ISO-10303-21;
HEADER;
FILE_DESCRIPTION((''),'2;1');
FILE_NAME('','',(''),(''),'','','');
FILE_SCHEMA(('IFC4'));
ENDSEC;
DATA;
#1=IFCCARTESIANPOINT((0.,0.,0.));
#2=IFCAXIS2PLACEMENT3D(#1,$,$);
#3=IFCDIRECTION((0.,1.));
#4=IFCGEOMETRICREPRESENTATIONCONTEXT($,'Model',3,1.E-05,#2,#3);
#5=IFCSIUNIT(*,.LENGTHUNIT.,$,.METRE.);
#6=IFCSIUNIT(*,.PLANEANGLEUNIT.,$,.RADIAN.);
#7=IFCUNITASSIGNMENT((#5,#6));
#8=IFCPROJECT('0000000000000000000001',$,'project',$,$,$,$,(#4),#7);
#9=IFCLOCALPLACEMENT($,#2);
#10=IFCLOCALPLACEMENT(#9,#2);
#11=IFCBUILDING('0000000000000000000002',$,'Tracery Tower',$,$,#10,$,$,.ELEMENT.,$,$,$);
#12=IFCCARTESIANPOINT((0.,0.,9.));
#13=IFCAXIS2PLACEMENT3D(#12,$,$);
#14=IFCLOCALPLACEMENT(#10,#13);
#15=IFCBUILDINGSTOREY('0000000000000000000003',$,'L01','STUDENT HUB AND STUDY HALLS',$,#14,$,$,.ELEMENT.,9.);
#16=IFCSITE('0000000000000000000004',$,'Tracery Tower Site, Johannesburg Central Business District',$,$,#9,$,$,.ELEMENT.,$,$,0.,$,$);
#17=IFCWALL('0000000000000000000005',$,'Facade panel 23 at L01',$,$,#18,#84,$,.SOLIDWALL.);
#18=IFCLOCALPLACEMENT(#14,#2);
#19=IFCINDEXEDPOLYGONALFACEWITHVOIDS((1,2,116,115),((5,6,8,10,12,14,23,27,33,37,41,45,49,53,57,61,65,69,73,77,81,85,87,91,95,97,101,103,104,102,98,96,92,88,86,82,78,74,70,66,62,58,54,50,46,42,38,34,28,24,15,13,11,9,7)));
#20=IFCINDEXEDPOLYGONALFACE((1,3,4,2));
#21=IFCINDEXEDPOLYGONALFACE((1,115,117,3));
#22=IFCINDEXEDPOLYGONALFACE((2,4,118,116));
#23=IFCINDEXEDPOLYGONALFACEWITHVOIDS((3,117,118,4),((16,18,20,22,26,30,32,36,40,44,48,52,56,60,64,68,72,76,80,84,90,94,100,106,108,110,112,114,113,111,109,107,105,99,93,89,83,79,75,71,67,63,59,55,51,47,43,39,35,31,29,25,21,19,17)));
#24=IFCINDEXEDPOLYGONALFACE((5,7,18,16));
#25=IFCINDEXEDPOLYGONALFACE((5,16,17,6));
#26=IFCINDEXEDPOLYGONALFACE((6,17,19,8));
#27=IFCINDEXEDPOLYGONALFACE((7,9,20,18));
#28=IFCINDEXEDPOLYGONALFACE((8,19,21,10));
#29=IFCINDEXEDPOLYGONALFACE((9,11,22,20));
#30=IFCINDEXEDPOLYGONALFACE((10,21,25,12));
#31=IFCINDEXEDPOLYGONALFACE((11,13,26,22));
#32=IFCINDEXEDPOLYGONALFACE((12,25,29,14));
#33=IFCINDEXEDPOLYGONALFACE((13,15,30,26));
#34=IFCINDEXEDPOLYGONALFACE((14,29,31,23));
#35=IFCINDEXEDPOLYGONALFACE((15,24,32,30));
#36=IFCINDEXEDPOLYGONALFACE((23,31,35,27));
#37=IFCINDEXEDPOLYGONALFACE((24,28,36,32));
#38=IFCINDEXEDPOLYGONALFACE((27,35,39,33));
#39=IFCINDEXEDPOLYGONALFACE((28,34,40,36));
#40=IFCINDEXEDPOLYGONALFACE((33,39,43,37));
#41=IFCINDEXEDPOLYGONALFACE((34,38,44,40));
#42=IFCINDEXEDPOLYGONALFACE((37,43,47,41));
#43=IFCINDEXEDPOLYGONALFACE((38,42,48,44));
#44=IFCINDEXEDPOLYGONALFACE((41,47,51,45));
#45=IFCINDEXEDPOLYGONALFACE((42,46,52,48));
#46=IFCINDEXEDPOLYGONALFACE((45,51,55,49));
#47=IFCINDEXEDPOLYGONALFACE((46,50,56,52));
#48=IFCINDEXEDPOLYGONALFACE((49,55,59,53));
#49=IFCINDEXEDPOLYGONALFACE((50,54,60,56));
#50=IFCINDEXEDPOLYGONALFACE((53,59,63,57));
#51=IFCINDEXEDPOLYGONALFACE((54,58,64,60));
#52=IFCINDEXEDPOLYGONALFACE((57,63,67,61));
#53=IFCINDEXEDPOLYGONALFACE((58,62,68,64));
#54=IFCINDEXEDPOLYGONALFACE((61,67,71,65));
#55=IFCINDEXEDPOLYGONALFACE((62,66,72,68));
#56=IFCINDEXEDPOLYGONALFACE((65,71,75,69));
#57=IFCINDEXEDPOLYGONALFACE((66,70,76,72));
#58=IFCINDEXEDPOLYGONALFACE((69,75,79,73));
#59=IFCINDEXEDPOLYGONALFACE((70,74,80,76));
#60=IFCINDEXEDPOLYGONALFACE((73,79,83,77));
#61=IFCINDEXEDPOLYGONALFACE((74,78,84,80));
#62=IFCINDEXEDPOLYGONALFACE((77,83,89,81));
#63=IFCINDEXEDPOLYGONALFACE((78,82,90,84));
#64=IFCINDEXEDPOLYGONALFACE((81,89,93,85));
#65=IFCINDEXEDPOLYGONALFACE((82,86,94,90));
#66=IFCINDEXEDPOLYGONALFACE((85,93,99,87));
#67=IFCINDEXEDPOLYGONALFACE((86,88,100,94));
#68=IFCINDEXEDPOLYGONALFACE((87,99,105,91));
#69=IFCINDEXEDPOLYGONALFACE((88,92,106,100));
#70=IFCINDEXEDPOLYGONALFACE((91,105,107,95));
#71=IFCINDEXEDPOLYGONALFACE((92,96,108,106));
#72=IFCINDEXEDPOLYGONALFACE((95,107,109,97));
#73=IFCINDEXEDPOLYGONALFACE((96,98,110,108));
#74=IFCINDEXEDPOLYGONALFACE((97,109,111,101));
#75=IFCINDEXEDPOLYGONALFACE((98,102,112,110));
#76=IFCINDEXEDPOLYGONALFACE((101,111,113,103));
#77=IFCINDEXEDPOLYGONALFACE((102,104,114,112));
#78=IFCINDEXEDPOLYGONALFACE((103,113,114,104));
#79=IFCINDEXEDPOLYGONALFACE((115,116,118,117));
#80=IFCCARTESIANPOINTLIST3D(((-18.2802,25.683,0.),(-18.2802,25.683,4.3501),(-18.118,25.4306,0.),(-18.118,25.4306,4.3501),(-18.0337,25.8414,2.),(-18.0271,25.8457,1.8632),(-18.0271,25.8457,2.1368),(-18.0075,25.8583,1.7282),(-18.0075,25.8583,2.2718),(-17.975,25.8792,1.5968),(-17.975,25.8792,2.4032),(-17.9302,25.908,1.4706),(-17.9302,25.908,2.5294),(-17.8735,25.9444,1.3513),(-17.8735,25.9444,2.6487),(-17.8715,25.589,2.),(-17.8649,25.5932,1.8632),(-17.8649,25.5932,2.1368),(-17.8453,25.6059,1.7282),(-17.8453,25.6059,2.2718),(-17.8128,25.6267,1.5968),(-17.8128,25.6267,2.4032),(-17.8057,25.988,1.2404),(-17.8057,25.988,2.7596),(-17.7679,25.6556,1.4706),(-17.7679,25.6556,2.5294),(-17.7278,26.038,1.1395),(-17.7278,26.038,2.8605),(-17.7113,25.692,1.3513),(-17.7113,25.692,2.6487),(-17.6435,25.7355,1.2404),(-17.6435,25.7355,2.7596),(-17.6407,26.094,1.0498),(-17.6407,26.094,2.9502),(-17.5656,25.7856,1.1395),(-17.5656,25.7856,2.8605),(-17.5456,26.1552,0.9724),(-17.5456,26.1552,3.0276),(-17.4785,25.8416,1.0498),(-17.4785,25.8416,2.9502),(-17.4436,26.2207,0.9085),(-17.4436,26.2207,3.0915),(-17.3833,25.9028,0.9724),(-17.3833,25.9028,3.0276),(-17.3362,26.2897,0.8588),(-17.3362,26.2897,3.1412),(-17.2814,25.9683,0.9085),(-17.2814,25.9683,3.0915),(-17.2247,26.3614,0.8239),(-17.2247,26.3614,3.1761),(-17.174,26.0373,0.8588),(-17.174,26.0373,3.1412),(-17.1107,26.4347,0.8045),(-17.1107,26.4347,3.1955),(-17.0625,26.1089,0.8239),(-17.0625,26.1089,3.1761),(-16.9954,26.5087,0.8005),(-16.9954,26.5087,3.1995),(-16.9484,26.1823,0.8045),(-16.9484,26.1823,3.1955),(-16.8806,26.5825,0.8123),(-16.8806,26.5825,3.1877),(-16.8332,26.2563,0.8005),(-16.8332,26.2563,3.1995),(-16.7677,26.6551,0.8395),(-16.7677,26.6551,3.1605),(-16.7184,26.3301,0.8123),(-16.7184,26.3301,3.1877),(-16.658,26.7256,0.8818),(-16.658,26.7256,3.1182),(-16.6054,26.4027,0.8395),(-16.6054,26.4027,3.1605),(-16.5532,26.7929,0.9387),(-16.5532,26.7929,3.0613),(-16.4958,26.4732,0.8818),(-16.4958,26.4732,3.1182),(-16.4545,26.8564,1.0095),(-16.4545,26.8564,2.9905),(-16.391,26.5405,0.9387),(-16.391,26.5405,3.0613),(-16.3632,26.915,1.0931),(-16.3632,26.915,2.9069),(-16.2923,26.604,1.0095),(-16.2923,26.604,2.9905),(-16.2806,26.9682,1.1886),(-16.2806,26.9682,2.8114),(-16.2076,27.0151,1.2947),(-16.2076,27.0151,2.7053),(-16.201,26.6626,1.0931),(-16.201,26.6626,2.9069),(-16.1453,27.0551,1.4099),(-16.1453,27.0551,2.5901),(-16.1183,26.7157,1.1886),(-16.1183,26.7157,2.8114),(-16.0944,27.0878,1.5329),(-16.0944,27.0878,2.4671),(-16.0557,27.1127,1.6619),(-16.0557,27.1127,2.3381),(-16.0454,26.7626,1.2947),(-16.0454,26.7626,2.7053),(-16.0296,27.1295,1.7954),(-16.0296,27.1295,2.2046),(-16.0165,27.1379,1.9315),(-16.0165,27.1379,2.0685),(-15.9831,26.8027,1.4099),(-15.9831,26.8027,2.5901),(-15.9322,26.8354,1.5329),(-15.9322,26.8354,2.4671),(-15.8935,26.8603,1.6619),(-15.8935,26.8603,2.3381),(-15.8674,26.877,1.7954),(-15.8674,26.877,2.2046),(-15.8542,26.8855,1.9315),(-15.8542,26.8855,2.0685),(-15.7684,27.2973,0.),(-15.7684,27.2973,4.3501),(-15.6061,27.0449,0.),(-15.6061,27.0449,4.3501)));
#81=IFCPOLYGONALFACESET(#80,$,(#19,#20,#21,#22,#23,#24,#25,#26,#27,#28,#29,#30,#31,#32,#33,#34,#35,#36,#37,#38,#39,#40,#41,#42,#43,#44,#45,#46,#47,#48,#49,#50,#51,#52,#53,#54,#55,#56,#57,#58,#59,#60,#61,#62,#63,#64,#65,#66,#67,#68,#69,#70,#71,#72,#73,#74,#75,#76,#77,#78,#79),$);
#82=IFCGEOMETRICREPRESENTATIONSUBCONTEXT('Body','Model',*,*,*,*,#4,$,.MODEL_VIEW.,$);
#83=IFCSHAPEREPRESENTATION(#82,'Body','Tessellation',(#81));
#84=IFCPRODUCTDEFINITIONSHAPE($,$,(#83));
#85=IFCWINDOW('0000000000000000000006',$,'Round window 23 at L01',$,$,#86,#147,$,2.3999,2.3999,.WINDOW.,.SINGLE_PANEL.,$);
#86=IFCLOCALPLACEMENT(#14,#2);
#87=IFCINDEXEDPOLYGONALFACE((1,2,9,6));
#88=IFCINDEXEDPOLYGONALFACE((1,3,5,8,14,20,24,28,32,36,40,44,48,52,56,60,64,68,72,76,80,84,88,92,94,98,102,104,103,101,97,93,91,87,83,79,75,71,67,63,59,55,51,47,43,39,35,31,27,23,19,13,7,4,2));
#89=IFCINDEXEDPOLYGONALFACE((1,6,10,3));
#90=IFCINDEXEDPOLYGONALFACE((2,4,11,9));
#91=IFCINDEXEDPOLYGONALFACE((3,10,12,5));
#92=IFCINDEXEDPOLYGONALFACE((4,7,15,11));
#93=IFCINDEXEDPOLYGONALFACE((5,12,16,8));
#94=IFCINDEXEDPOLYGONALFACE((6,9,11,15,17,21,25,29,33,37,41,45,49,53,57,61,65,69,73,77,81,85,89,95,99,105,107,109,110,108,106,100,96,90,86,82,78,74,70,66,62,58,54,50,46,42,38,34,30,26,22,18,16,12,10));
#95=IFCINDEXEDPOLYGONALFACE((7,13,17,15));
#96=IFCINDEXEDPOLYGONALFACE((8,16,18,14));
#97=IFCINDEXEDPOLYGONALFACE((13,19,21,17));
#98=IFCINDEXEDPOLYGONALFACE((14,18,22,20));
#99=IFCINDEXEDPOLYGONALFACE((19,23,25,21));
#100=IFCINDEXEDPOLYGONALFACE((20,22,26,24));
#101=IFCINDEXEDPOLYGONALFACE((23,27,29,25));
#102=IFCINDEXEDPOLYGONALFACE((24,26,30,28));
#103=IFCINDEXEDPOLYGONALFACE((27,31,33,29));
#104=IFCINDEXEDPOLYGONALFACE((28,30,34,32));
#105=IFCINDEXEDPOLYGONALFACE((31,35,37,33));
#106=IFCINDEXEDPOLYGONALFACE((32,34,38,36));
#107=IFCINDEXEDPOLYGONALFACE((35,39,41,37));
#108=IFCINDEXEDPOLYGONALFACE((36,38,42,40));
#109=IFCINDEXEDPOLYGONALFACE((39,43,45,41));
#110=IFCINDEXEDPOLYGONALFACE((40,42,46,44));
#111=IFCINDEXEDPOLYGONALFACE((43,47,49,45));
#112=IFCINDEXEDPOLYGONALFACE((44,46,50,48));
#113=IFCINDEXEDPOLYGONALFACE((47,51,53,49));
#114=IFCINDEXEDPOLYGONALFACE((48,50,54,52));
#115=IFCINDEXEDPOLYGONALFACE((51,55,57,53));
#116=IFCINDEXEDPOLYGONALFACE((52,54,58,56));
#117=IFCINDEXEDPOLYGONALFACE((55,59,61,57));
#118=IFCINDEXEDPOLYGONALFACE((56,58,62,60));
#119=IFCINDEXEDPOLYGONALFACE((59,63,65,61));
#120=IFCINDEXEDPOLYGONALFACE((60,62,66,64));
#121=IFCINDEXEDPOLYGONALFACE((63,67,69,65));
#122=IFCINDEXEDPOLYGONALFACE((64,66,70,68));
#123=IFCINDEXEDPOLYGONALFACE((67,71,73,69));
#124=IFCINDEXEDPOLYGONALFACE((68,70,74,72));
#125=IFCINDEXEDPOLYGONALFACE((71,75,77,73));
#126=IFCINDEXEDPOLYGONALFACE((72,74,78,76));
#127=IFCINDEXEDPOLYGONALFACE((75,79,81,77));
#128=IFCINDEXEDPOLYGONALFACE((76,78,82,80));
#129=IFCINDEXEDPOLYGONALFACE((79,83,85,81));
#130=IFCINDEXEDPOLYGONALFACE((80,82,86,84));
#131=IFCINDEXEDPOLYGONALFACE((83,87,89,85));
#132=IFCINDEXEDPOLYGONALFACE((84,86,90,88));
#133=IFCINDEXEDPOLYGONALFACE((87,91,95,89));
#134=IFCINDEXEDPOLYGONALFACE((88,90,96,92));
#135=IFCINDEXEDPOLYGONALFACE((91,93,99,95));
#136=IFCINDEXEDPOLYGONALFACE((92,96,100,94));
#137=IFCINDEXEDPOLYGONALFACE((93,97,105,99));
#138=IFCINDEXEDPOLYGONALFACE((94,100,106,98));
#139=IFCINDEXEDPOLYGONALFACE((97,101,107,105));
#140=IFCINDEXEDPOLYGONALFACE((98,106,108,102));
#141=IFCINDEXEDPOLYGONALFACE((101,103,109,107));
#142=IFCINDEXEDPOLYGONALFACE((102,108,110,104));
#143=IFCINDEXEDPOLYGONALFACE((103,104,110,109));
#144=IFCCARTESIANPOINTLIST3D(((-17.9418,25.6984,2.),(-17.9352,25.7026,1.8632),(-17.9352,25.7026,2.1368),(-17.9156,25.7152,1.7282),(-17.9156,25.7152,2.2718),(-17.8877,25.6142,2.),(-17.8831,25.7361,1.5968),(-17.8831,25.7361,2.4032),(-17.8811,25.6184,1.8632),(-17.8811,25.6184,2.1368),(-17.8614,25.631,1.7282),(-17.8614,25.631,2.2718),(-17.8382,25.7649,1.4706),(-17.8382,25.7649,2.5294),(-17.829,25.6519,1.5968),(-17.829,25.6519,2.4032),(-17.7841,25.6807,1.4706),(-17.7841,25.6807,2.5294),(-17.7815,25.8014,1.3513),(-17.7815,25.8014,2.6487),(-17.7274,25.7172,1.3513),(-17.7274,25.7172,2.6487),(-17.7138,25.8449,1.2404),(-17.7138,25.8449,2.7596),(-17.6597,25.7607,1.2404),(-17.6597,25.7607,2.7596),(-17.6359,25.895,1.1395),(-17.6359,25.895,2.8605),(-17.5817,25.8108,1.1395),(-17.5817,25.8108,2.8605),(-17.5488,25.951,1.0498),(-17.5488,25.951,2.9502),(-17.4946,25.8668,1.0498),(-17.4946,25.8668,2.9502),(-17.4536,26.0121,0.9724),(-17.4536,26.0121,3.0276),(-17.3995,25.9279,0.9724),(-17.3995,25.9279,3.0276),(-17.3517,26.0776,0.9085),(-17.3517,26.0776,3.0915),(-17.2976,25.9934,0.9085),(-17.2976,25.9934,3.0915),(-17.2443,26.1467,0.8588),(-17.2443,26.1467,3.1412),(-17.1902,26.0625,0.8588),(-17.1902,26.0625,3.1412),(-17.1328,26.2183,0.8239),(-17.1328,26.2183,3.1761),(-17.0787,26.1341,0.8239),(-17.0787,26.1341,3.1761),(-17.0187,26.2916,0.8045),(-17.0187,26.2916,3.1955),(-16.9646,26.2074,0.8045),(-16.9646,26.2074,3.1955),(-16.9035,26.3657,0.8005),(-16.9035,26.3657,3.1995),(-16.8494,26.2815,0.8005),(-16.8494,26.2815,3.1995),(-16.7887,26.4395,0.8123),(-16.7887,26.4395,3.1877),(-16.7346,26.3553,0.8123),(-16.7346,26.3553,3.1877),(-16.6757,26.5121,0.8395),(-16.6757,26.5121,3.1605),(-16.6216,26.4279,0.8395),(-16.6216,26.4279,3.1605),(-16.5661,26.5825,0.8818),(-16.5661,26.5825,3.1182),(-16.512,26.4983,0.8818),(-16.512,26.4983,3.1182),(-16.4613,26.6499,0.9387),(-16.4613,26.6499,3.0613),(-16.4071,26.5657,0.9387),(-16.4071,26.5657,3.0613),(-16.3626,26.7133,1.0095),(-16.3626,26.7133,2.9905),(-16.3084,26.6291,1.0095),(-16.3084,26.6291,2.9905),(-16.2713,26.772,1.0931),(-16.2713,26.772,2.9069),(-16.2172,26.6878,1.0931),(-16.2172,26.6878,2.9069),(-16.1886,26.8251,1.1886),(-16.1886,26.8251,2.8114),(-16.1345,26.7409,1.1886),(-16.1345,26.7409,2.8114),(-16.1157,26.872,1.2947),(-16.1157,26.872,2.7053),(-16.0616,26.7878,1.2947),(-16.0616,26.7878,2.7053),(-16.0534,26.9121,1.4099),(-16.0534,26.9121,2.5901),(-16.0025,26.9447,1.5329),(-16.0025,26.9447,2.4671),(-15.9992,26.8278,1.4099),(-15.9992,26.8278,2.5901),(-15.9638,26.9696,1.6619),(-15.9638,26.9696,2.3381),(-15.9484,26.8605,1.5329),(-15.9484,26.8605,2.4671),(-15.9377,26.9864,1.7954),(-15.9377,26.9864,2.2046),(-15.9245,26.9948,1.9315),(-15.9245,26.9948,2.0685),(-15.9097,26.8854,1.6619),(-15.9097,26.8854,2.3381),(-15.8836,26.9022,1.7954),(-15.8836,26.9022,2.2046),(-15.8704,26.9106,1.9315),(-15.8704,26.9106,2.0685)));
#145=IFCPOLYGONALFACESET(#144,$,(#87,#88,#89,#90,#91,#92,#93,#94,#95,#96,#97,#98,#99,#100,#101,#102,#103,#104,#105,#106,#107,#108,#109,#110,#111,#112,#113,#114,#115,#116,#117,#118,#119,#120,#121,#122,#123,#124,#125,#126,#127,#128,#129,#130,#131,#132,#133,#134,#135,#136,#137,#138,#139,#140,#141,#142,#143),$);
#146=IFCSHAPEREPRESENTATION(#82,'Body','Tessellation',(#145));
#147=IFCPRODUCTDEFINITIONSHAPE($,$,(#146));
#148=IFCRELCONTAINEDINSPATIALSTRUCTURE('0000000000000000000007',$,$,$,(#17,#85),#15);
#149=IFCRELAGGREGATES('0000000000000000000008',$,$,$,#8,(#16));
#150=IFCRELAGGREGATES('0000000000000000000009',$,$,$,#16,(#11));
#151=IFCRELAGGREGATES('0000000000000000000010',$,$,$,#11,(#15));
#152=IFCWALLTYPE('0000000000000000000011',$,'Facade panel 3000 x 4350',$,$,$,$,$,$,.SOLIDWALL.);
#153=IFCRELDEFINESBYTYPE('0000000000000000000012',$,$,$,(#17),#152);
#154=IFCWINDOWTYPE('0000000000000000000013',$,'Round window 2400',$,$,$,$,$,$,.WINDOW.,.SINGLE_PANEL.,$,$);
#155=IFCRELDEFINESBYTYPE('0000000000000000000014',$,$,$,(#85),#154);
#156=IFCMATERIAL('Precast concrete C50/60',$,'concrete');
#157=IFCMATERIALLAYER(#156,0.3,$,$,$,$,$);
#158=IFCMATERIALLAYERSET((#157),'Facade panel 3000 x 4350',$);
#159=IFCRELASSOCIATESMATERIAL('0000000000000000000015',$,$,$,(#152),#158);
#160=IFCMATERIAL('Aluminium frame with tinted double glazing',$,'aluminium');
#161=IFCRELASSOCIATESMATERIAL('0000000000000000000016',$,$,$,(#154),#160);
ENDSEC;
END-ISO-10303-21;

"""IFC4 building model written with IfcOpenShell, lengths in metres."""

from ifc_helpers import new_model, si_unit, direction, frame, frame_2d, origin, origin_2d, place, context, subcontext, project, spatial, rectangle, circle, extrude, material, layer, layer_set, type_object, element, fill, save


model = new_model("IFC4")

# Units and contexts
model_context = context("Model", 3, precision=1e-05, world=origin(), true_north=direction((0.0, 1.0)))
body_context = subcontext(model_context, "Body", "Model", "MODEL_VIEW")
ifc_project = project(units=[si_unit("LENGTHUNIT", "METRE"), si_unit("PLANEANGLEUNIT", "RADIAN")], contexts=[model_context])

# Site, building, storey
site_placement = place(None, origin())
site = spatial("IfcSite", under=ifc_project, at=site_placement, Name="Tracery Tower Site, Johannesburg Central Business District", CompositionType="ELEMENT", RefElevation=0.0)
building_placement = place(site_placement, origin())
building = spatial("IfcBuilding", under=site, at=building_placement, Name="Tracery Tower", CompositionType="ELEMENT")
storey_placement = place(building_placement, frame((0.0, 0.0, 9.0)))
storey = spatial("IfcBuildingStorey", under=building, at=storey_placement, Name="L01", Description="STUDENT HUB AND STUDY HALLS", CompositionType="ELEMENT", Elevation=9.0)

# Wall, opening, window
ifc_material_1 = material(Name="Precast concrete C50/60", Category="concrete")
ifc_layer_1 = layer(ifc_material_1, 0.3)
ifc_layer_set_1 = layer_set([ifc_layer_1], Name="Facade panel 3000 x 4350")
wall_type_1 = type_object("IfcWallType", Name="Facade panel 3000 x 4350", PredefinedType="SOLIDWALL", material=ifc_layer_set_1)
ifc_material_2 = material(Name="Aluminium frame with tinted double glazing", Category="aluminium")
window_type = type_object("IfcWindowType", Name="Round window 2400", PartitioningType="SINGLE_PANEL", PredefinedType="WINDOW", material=ifc_material_2)
wall_1_placement = place(storey_placement, frame((-15.6873, 27.1711, 0.0), z_axis=(0.0, 0.0, 1.0), x_axis=(-0.841242, -0.540658, 0.0)))
wall_1 = element("IfcWall", 1, at=wall_1_placement, inside=storey, type_object=wall_type_1, Name="Facade panel 23 at L01", PredefinedType="SOLIDWALL", context=body_context, shape_type="SweptSolid", body=[
    extrude(rectangle(XDim=2.9858, YDim=0.3, at=frame_2d((1.4929, 0.0))), origin(), (0.0, 0.0, 1.0), 4.3501),
])
opening_1_placement = place(wall_1_placement, frame((1.4929, 0.0, 2.0)))
opening_1 = element("IfcOpeningElement", 2, at=opening_1_placement, cuts=wall_1, PredefinedType="OPENING", context=body_context, shape_type="SweptSolid", body=[
    extrude(circle(Radius=1.2, at=origin_2d()), frame((0.0, 0.1599, 0.0), z_axis=(0.0, -1.0, 0.0), x_axis=(1.0, 0.0, 0.0)), (0.0, 0.0, 1.0), 0.3201),
])
window_1_placement = place(opening_1_placement, origin())
window_1 = element("IfcWindow", 3, at=window_1_placement, inside=storey, type_object=window_type, Name="Round window 23 at L01", OverallHeight=2.3999, OverallWidth=2.3999, PartitioningType="SINGLE_PANEL", PredefinedType="WINDOW", context=body_context, shape_type="SweptSolid", body=[
    extrude(circle(Radius=1.2, at=origin_2d()), frame((0.0, 0.1201, 0.0), z_axis=(0.0, -1.0, 0.0), x_axis=(1.0, 0.0, 0.0)), (0.0, 0.0, 1.0), 0.1001),
])
fill(opening_1, window_1)

save(model, "model.ifc")
